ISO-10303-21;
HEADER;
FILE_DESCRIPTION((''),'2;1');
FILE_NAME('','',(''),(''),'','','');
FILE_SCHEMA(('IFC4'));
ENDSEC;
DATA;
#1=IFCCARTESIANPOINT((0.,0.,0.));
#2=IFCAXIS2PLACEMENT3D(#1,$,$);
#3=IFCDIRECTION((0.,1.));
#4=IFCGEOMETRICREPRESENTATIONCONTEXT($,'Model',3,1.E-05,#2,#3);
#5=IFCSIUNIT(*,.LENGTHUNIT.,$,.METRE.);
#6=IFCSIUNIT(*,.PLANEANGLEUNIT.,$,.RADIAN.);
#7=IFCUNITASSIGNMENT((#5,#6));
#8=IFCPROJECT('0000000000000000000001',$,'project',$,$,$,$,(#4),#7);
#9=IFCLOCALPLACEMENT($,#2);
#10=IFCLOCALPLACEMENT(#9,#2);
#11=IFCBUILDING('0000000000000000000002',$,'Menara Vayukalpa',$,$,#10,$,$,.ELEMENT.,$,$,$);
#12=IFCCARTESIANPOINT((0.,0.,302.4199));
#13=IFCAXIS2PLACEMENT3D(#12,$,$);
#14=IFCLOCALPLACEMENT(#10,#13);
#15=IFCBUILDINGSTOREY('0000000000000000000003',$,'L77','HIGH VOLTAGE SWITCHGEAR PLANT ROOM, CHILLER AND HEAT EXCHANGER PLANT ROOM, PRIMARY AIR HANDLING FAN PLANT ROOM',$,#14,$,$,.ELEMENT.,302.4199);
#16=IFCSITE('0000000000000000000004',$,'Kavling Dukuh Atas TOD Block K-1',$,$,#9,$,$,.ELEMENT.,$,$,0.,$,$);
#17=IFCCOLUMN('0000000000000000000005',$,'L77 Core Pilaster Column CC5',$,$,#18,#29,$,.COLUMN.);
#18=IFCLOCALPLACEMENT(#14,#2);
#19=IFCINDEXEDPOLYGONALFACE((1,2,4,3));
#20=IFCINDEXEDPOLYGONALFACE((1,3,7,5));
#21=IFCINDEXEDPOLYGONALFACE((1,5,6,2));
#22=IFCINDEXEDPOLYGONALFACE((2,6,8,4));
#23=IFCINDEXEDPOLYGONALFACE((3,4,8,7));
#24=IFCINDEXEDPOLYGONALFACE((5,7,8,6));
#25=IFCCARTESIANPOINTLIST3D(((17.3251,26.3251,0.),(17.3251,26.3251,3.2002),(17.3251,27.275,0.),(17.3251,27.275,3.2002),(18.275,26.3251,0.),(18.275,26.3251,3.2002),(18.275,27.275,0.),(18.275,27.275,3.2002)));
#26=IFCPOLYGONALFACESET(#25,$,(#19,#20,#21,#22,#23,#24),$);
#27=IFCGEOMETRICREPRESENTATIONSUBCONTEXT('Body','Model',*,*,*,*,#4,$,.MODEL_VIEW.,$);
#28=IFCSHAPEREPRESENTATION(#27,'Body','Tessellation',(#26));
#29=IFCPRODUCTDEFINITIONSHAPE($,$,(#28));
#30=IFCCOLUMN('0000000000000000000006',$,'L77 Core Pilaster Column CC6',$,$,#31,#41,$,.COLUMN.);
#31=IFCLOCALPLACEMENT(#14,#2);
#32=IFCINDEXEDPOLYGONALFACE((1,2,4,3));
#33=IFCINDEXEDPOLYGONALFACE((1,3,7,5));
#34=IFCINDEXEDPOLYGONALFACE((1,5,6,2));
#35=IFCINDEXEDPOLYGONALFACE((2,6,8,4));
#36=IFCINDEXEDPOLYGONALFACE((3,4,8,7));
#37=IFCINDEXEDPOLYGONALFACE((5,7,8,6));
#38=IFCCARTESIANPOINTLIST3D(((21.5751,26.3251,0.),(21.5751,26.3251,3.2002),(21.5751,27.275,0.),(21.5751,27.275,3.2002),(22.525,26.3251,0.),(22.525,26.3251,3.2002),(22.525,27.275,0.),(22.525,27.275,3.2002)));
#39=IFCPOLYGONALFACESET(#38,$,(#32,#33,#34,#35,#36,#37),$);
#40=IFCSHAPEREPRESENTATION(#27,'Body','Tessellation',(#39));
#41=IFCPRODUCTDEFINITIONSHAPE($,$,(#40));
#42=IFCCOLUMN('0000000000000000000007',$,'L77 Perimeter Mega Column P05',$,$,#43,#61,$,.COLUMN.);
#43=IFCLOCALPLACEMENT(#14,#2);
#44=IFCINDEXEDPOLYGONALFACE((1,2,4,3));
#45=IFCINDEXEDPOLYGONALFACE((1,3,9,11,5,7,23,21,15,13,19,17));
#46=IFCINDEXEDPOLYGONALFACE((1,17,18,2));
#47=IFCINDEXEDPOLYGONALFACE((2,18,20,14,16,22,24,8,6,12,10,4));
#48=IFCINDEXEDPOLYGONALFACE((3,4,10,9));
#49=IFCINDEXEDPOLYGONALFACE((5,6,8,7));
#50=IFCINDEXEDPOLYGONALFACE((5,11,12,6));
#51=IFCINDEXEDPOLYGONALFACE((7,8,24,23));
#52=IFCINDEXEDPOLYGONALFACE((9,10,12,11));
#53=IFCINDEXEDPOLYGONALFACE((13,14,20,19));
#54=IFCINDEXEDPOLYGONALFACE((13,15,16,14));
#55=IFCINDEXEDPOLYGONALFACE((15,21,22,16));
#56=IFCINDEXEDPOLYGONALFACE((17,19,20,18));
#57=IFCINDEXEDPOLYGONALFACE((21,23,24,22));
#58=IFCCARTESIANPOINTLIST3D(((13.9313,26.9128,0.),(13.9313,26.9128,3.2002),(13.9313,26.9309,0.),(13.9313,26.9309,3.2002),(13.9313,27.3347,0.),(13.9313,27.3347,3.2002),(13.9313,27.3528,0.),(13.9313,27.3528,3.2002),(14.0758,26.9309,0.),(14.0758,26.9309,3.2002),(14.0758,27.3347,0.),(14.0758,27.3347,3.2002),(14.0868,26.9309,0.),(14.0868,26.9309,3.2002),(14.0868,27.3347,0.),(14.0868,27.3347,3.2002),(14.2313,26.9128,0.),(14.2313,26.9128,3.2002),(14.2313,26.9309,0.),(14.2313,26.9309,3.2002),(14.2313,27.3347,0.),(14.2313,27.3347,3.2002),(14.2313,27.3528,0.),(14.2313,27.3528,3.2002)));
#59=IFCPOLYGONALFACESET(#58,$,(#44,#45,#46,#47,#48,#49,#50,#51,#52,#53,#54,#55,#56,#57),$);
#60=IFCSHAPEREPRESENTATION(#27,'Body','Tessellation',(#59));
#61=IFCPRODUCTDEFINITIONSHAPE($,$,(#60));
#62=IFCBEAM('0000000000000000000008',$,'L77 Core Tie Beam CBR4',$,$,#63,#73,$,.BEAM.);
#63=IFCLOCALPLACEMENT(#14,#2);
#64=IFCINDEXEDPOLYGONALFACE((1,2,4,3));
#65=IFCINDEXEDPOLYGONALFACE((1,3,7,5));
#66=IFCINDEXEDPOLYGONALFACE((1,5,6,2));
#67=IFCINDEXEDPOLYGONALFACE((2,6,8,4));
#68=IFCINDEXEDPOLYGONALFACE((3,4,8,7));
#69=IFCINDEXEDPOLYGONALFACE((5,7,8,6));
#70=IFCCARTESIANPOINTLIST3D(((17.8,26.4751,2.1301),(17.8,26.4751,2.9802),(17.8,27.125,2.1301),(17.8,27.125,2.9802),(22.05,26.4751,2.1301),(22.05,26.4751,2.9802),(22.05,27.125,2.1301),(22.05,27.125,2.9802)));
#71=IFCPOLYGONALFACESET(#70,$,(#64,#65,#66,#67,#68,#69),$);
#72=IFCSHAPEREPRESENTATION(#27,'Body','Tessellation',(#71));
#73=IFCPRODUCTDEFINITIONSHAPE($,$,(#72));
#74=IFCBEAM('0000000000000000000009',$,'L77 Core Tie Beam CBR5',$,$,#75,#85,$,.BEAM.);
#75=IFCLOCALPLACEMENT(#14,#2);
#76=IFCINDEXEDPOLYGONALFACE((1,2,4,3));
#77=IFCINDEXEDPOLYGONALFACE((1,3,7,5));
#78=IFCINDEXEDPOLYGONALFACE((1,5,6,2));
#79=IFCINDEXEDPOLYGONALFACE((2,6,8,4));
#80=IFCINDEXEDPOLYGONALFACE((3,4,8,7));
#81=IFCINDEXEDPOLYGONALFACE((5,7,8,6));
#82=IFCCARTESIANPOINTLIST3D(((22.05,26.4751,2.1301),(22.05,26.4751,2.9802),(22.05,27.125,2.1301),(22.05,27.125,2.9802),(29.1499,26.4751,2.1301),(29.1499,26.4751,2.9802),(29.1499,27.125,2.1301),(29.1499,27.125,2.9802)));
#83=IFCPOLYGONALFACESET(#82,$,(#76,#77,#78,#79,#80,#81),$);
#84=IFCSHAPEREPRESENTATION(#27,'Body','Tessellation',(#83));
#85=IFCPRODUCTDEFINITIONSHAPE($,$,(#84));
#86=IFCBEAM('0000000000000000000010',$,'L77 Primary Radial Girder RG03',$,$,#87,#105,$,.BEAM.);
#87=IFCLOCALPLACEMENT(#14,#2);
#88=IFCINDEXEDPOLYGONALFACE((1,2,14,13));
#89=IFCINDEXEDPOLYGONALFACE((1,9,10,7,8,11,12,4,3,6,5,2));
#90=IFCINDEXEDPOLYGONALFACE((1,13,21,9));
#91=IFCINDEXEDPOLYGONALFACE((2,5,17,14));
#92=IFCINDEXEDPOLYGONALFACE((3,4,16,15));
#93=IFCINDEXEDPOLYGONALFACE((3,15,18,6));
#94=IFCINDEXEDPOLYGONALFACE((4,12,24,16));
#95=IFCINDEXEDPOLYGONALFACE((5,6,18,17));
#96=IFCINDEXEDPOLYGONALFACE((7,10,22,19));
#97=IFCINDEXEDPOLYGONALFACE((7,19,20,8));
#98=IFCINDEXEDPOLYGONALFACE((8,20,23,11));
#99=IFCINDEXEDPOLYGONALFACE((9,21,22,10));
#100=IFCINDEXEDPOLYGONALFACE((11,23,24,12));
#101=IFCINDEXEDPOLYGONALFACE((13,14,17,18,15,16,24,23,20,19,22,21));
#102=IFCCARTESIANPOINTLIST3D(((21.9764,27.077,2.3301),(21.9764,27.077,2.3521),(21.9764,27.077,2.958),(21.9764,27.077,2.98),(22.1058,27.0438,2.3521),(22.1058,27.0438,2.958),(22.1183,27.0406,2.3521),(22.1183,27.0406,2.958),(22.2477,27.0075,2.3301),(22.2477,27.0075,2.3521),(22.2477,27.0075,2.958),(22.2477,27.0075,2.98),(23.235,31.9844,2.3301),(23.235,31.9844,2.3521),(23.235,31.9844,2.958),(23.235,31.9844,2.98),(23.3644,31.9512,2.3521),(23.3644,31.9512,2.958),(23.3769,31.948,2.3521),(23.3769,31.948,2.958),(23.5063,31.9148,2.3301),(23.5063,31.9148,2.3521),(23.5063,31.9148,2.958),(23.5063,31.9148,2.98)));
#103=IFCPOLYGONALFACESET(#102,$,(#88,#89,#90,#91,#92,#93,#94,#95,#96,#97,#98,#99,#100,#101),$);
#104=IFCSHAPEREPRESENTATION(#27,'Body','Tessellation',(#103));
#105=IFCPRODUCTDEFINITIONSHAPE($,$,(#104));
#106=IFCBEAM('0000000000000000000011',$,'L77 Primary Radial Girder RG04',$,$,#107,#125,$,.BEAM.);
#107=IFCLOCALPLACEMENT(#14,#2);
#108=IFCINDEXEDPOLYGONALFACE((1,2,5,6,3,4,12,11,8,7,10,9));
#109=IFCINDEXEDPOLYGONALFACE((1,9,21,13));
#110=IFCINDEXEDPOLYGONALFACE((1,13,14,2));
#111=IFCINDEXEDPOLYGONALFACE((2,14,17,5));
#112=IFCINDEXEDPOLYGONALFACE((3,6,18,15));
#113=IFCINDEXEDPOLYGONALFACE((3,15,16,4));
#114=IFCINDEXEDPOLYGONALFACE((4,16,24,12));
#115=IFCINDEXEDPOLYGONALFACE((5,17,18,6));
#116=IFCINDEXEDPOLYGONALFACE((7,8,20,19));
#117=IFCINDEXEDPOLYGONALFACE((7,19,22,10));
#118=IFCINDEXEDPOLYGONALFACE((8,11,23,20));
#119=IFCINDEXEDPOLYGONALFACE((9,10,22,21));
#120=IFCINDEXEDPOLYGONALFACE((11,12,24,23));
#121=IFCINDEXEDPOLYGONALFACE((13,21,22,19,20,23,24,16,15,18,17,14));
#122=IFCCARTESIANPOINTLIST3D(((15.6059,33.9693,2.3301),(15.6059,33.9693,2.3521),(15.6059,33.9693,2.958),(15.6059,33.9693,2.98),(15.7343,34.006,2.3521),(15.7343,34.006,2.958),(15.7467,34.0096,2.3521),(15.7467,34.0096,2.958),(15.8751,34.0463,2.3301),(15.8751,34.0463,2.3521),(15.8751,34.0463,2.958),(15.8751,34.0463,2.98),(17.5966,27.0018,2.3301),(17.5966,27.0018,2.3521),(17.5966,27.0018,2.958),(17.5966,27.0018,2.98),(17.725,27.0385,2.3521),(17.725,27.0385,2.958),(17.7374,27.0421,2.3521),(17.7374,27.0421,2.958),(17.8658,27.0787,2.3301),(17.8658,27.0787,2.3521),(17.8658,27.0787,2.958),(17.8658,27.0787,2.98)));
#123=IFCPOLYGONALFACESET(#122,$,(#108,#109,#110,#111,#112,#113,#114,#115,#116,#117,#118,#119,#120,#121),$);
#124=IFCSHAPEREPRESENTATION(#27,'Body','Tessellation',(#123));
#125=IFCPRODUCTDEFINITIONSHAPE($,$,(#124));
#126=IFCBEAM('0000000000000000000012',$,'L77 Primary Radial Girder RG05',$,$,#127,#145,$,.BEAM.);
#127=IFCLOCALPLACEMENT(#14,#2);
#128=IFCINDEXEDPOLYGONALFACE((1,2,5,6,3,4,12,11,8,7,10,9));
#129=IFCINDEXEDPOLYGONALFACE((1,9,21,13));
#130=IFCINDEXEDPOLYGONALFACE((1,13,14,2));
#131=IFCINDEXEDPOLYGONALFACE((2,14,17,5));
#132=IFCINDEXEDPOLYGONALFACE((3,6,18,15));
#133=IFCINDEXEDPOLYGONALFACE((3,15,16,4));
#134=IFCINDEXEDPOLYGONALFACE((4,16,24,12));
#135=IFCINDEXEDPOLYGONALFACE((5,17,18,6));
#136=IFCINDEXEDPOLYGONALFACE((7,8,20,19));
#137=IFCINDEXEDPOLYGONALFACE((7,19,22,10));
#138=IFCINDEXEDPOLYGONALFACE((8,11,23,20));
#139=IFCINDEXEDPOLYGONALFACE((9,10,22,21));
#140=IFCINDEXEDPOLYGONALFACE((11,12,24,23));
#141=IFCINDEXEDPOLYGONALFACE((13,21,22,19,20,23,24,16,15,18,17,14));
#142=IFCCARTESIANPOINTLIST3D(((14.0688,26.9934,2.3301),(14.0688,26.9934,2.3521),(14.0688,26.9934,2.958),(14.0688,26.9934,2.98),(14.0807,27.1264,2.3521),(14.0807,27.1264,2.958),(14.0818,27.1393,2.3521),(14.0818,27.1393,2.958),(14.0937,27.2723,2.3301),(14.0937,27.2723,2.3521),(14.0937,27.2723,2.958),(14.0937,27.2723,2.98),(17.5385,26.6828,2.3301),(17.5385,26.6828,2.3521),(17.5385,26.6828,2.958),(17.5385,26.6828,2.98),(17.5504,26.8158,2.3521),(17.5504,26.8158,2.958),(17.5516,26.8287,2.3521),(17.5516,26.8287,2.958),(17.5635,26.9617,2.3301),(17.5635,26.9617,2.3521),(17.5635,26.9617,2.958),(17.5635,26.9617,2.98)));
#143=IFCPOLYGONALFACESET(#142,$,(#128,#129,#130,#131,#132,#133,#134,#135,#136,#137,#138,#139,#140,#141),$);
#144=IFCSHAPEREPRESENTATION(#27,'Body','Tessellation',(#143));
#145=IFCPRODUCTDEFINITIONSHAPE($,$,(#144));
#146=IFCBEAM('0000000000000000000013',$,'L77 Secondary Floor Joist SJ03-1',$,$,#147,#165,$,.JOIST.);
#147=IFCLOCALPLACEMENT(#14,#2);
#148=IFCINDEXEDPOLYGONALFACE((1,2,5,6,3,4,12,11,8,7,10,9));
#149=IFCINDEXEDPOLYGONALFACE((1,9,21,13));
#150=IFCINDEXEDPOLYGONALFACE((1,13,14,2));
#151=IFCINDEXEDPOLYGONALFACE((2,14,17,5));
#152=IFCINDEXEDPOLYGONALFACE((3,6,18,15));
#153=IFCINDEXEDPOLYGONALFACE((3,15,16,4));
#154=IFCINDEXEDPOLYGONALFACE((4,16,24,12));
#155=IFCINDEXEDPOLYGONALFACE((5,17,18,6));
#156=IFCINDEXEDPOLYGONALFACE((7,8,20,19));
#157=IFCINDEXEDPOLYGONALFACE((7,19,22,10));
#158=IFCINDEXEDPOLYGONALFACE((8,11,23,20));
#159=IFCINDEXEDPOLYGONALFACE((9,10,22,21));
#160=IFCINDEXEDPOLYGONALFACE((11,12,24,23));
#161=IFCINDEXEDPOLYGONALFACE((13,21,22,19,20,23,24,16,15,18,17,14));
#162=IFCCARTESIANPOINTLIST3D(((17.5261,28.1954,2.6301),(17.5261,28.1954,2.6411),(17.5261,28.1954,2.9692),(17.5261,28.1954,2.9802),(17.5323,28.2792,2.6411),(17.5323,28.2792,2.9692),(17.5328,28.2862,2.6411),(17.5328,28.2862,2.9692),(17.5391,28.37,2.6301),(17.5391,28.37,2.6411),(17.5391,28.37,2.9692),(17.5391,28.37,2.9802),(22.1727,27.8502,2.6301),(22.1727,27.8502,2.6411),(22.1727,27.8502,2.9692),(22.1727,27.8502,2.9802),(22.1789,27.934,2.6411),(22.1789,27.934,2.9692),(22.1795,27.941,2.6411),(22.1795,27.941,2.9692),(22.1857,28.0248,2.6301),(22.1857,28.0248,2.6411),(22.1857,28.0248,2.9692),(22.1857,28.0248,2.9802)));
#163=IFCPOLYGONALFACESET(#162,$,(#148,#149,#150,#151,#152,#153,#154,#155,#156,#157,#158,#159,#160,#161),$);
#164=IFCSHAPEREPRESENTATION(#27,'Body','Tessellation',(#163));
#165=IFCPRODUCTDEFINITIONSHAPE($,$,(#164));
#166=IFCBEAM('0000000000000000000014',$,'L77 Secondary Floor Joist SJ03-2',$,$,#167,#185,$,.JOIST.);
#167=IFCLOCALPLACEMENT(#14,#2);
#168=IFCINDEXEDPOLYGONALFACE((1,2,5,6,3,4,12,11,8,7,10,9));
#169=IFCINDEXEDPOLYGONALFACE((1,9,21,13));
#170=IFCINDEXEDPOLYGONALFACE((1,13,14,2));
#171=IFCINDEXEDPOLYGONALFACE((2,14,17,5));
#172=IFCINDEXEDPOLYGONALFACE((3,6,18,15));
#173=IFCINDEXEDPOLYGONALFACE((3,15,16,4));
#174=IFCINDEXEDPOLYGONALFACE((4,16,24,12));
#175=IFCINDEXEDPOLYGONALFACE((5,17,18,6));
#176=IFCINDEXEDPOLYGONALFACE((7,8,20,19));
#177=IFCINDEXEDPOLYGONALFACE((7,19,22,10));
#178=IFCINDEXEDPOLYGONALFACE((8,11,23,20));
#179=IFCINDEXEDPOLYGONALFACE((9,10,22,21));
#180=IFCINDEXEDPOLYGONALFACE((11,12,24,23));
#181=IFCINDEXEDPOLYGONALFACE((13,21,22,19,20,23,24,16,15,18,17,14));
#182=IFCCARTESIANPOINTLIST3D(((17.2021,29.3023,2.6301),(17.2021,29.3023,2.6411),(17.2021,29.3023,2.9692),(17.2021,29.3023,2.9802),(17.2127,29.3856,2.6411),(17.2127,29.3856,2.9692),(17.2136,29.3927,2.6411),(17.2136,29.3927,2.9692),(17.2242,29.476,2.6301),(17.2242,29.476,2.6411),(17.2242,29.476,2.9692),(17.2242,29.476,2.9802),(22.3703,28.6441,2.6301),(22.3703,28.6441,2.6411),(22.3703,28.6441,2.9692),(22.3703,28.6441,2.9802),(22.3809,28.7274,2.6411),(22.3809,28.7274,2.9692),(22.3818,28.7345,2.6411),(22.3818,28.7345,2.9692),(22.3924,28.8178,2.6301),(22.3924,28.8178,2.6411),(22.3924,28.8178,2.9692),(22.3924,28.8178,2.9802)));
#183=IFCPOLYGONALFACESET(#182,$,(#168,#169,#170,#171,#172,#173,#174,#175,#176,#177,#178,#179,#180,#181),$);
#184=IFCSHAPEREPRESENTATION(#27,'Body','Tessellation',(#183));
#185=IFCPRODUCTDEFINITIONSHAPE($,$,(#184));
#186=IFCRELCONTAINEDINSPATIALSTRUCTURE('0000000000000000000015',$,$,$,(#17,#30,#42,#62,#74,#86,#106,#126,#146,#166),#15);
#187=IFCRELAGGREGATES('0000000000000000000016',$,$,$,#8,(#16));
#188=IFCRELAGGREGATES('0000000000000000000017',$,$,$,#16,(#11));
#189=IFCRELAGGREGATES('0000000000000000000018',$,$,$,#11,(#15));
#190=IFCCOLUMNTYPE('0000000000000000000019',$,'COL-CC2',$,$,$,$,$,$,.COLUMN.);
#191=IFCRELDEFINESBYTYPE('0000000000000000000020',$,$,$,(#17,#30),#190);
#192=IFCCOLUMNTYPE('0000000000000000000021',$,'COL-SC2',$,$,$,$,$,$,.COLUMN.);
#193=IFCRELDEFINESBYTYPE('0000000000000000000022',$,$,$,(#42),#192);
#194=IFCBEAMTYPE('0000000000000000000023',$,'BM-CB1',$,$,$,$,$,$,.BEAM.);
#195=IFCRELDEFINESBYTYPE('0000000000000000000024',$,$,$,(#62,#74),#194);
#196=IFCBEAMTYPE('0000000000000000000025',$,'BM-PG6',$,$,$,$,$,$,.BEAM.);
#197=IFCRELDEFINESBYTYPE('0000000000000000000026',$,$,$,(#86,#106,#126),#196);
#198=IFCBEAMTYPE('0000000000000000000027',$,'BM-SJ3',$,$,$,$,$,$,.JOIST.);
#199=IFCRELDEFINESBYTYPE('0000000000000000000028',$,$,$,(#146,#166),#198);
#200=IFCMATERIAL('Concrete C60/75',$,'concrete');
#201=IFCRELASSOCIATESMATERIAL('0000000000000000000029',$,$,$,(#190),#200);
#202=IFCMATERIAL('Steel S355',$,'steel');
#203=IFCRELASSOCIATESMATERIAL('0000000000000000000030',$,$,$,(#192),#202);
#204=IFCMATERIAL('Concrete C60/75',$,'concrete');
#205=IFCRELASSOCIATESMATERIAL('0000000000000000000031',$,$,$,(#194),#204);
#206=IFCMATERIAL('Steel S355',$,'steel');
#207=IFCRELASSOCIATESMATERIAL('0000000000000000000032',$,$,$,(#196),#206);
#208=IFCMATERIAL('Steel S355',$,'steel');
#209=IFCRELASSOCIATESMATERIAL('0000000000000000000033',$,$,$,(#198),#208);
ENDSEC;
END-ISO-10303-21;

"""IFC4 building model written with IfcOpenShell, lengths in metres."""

from ifc_helpers import new_model, si_unit, direction, frame, origin, origin_2d, place, context, subcontext, project, spatial, rectangle, i_section, extrude, material, material_profile, profile_set, type_object, element, save


model = new_model("IFC4")

# Units and contexts
model_context = context("Model", 3, precision=1e-05, world=origin(), true_north=direction((0.0, 1.0)))
body_context = subcontext(model_context, "Body", "Model", "MODEL_VIEW")
ifc_project = project(units=[si_unit("LENGTHUNIT", "METRE"), si_unit("PLANEANGLEUNIT", "RADIAN")], contexts=[model_context])

# Site, building, storey
site_placement = place(None, origin())
site = spatial("IfcSite", under=ifc_project, at=site_placement, Name="Kavling Dukuh Atas TOD Block K-1", CompositionType="ELEMENT", RefElevation=0.0)
building_placement = place(site_placement, origin())
building = spatial("IfcBuilding", under=site, at=building_placement, Name="Menara Vayukalpa", CompositionType="ELEMENT")
storey_placement = place(building_placement, frame((0.0, 0.0, 302.4199)))
storey = spatial("IfcBuildingStorey", under=building, at=storey_placement, Name="L77", Description="HIGH VOLTAGE SWITCHGEAR PLANT ROOM, CHILLER AND HEAT EXCHANGER PLANT ROOM, PRIMARY AIR HANDLING FAN PLANT ROOM", CompositionType="ELEMENT", Elevation=302.4199)

# Columns
ifc_material_1 = material(Name="Concrete C60/75", Category="concrete")
ifc_material_profile_1 = material_profile(ifc_material_1, rectangle(XDim=0.95, YDim=0.95, at=origin_2d()), Name="RC 950x950")
ifc_profile_set_1 = profile_set([ifc_material_profile_1], Name="Concrete C60/75")
column_type_1 = type_object("IfcColumnType", Name="COL-CC2", PredefinedType="COLUMN", material=ifc_profile_set_1)
for number, where, z_axis, x_axis, name in (
    (1, (17.8, 26.8, 0.0), (0.0, 0.0, 1.0), (1.0, 0.0, 0.0), "L77 Core Pilaster Column CC5"),
    (2, (22.05, 26.8, 0.0), (0.0, 0.0, 1.0), (1.0, 0.0, 0.0), "L77 Core Pilaster Column CC6"),
):
    element("IfcColumn", number, at=place(storey_placement, frame(where, z_axis=z_axis, x_axis=x_axis)), inside=storey, type_object=column_type_1, Name=name, PredefinedType="COLUMN", context=body_context, shape_type="SweptSolid", body=[
        extrude(rectangle(XDim=0.95, YDim=0.95, at=origin_2d()), origin(), (0.0, 0.0, 1.0), 3.2002),
    ])
ifc_material_2 = material(Name="Steel S355", Category="steel")
ifc_material_profile_2 = material_profile(ifc_material_2, i_section(OverallWidth=0.3, OverallDepth=0.4399, WebThickness=0.011, FlangeThickness=0.0181, at=origin_2d()), Name="H 440x300x11x18")
ifc_profile_set_2 = profile_set([ifc_material_profile_2], Name="Steel S355")
column_type_2 = type_object("IfcColumnType", Name="COL-SC2", PredefinedType="COLUMN", material=ifc_profile_set_2)
column_placement = place(storey_placement, frame((14.0813, 27.1328, 0.0), z_axis=(0.0, 0.0, 1.0), x_axis=(1.0, 0.0, 0.0)))
element("IfcColumn", 3, at=column_placement, inside=storey, type_object=column_type_2, Name="L77 Perimeter Mega Column P05", PredefinedType="COLUMN", context=body_context, shape_type="SweptSolid", body=[
    extrude(i_section(OverallWidth=0.3, OverallDepth=0.4399, WebThickness=0.011, FlangeThickness=0.0181, at=origin_2d()), origin(), (0.0, 0.0, 1.0), 3.2002),
])

# Beams
ifc_material_3 = material(Name="Concrete C60/75", Category="concrete")
ifc_material_profile_3 = material_profile(ifc_material_3, rectangle(XDim=0.6499, YDim=0.8501, at=origin_2d()), Name="RC 650x850")
ifc_profile_set_3 = profile_set([ifc_material_profile_3], Name="Concrete C60/75")
beam_type_1 = type_object("IfcBeamType", Name="BM-CB1", PredefinedType="BEAM", material=ifc_profile_set_3)
beam_1_placement = place(storey_placement, frame((17.8, 26.8, 2.5552), z_axis=(1.0, 0.0, 0.0), x_axis=(0.0, 1.0, 0.0)))
element("IfcBeam", 4, at=beam_1_placement, inside=storey, type_object=beam_type_1, Name="L77 Core Tie Beam CBR4", PredefinedType="BEAM", context=body_context, shape_type="SweptSolid", body=[
    extrude(rectangle(XDim=0.6499, YDim=0.8501, at=origin_2d()), origin(), (0.0, 0.0, 1.0), 4.25),
])
beam_2_placement = place(storey_placement, frame((22.05, 26.8, 2.5552), z_axis=(1.0, 0.0, 0.0), x_axis=(0.0, 1.0, 0.0)))
element("IfcBeam", 5, at=beam_2_placement, inside=storey, type_object=beam_type_1, Name="L77 Core Tie Beam CBR5", PredefinedType="BEAM", context=body_context, shape_type="SweptSolid", body=[
    extrude(rectangle(XDim=0.6499, YDim=0.8501, at=origin_2d()), origin(), (0.0, 0.0, 1.0), 7.0999),
])
ifc_material_4 = material(Name="Steel S355", Category="steel")
ifc_material_profile_4 = material_profile(ifc_material_4, i_section(OverallWidth=0.28, OverallDepth=0.6499, WebThickness=0.0129, FlangeThickness=0.022, at=origin_2d()), Name="WF 650x280x13x22")
ifc_profile_set_4 = profile_set([ifc_material_profile_4], Name="Steel S355")
beam_type_2 = type_object("IfcBeamType", Name="BM-PG6", PredefinedType="BEAM", material=ifc_profile_set_4)
beam_3_placement = place(storey_placement, frame((22.1121, 27.0422, 2.655), z_axis=(0.248428, 0.96865, 0.0), x_axis=(-0.96865, 0.248428, 0.0)))
element("IfcBeam", 6, at=beam_3_placement, inside=storey, type_object=beam_type_2, Name="L77 Primary Radial Girder RG03", PredefinedType="BEAM", context=body_context, shape_type="SweptSolid", body=[
    extrude(i_section(OverallWidth=0.28, OverallDepth=0.6499, WebThickness=0.0129, FlangeThickness=0.022, at=origin_2d()), origin(), (0.0, 0.0, 1.0), 5.0662),
])
beam_4_placement = place(storey_placement, frame((17.7312, 27.0403, 2.655), z_axis=(-0.274721, 0.961524, 0.0), x_axis=(-0.961524, -0.274721, 0.0)))
element("IfcBeam", 7, at=beam_4_placement, inside=storey, type_object=beam_type_2, Name="L77 Primary Radial Girder RG04", PredefinedType="BEAM", context=body_context, shape_type="SweptSolid", body=[
    extrude(i_section(OverallWidth=0.28, OverallDepth=0.6499, WebThickness=0.0129, FlangeThickness=0.022, at=origin_2d()), origin(), (0.0, 0.0, 1.0), 7.2463),
])
beam_5_placement = place(storey_placement, frame((17.551, 26.8223, 2.655), z_axis=(-0.996019, 0.089145, 0.0), x_axis=(-0.089145, -0.996019, 0.0)))
element("IfcBeam", 8, at=beam_5_placement, inside=storey, type_object=beam_type_2, Name="L77 Primary Radial Girder RG05", PredefinedType="BEAM", context=body_context, shape_type="SweptSolid", body=[
    extrude(i_section(OverallWidth=0.28, OverallDepth=0.6499, WebThickness=0.0129, FlangeThickness=0.022, at=origin_2d()), origin(), (0.0, 0.0, 1.0), 3.4836),
])
ifc_material_5 = material(Name="Steel S355", Category="steel")
ifc_material_profile_5 = material_profile(ifc_material_5, i_section(OverallWidth=0.175, OverallDepth=0.3501, WebThickness=0.0071, FlangeThickness=0.011, at=origin_2d()), Name="WF 350x175x7x11")
ifc_profile_set_5 = profile_set([ifc_material_profile_5], Name="Steel S355")
beam_type_3 = type_object("IfcBeamType", Name="BM-SJ3", PredefinedType="JOIST", material=ifc_profile_set_5)
beam_6_placement = place(storey_placement, frame((22.1792, 27.9375, 2.8052), z_axis=(-0.997252, 0.074088, 0.0), x_axis=(-0.074088, -0.997252, 0.0)))
element("IfcBeam", 9, at=beam_6_placement, inside=storey, type_object=beam_type_3, Name="L77 Secondary Floor Joist SJ03-1", PredefinedType="JOIST", context=body_context, shape_type="SweptSolid", body=[
    extrude(i_section(OverallWidth=0.175, OverallDepth=0.3501, WebThickness=0.0071, FlangeThickness=0.011, at=origin_2d()), origin(), (0.0, 0.0, 1.0), 4.6594),
])
beam_7_placement = place(storey_placement, frame((22.3813, 28.731, 2.8052), z_axis=(-0.991988, 0.126336, 0.0), x_axis=(-0.126336, -0.991988, 0.0)))
element("IfcBeam", 10, at=beam_7_placement, inside=storey, type_object=beam_type_3, Name="L77 Secondary Floor Joist SJ03-2", PredefinedType="JOIST", context=body_context, shape_type="SweptSolid", body=[
    extrude(i_section(OverallWidth=0.175, OverallDepth=0.3501, WebThickness=0.0071, FlangeThickness=0.011, at=origin_2d()), origin(), (0.0, 0.0, 1.0), 5.21),
])

save(model, "model.ifc")
